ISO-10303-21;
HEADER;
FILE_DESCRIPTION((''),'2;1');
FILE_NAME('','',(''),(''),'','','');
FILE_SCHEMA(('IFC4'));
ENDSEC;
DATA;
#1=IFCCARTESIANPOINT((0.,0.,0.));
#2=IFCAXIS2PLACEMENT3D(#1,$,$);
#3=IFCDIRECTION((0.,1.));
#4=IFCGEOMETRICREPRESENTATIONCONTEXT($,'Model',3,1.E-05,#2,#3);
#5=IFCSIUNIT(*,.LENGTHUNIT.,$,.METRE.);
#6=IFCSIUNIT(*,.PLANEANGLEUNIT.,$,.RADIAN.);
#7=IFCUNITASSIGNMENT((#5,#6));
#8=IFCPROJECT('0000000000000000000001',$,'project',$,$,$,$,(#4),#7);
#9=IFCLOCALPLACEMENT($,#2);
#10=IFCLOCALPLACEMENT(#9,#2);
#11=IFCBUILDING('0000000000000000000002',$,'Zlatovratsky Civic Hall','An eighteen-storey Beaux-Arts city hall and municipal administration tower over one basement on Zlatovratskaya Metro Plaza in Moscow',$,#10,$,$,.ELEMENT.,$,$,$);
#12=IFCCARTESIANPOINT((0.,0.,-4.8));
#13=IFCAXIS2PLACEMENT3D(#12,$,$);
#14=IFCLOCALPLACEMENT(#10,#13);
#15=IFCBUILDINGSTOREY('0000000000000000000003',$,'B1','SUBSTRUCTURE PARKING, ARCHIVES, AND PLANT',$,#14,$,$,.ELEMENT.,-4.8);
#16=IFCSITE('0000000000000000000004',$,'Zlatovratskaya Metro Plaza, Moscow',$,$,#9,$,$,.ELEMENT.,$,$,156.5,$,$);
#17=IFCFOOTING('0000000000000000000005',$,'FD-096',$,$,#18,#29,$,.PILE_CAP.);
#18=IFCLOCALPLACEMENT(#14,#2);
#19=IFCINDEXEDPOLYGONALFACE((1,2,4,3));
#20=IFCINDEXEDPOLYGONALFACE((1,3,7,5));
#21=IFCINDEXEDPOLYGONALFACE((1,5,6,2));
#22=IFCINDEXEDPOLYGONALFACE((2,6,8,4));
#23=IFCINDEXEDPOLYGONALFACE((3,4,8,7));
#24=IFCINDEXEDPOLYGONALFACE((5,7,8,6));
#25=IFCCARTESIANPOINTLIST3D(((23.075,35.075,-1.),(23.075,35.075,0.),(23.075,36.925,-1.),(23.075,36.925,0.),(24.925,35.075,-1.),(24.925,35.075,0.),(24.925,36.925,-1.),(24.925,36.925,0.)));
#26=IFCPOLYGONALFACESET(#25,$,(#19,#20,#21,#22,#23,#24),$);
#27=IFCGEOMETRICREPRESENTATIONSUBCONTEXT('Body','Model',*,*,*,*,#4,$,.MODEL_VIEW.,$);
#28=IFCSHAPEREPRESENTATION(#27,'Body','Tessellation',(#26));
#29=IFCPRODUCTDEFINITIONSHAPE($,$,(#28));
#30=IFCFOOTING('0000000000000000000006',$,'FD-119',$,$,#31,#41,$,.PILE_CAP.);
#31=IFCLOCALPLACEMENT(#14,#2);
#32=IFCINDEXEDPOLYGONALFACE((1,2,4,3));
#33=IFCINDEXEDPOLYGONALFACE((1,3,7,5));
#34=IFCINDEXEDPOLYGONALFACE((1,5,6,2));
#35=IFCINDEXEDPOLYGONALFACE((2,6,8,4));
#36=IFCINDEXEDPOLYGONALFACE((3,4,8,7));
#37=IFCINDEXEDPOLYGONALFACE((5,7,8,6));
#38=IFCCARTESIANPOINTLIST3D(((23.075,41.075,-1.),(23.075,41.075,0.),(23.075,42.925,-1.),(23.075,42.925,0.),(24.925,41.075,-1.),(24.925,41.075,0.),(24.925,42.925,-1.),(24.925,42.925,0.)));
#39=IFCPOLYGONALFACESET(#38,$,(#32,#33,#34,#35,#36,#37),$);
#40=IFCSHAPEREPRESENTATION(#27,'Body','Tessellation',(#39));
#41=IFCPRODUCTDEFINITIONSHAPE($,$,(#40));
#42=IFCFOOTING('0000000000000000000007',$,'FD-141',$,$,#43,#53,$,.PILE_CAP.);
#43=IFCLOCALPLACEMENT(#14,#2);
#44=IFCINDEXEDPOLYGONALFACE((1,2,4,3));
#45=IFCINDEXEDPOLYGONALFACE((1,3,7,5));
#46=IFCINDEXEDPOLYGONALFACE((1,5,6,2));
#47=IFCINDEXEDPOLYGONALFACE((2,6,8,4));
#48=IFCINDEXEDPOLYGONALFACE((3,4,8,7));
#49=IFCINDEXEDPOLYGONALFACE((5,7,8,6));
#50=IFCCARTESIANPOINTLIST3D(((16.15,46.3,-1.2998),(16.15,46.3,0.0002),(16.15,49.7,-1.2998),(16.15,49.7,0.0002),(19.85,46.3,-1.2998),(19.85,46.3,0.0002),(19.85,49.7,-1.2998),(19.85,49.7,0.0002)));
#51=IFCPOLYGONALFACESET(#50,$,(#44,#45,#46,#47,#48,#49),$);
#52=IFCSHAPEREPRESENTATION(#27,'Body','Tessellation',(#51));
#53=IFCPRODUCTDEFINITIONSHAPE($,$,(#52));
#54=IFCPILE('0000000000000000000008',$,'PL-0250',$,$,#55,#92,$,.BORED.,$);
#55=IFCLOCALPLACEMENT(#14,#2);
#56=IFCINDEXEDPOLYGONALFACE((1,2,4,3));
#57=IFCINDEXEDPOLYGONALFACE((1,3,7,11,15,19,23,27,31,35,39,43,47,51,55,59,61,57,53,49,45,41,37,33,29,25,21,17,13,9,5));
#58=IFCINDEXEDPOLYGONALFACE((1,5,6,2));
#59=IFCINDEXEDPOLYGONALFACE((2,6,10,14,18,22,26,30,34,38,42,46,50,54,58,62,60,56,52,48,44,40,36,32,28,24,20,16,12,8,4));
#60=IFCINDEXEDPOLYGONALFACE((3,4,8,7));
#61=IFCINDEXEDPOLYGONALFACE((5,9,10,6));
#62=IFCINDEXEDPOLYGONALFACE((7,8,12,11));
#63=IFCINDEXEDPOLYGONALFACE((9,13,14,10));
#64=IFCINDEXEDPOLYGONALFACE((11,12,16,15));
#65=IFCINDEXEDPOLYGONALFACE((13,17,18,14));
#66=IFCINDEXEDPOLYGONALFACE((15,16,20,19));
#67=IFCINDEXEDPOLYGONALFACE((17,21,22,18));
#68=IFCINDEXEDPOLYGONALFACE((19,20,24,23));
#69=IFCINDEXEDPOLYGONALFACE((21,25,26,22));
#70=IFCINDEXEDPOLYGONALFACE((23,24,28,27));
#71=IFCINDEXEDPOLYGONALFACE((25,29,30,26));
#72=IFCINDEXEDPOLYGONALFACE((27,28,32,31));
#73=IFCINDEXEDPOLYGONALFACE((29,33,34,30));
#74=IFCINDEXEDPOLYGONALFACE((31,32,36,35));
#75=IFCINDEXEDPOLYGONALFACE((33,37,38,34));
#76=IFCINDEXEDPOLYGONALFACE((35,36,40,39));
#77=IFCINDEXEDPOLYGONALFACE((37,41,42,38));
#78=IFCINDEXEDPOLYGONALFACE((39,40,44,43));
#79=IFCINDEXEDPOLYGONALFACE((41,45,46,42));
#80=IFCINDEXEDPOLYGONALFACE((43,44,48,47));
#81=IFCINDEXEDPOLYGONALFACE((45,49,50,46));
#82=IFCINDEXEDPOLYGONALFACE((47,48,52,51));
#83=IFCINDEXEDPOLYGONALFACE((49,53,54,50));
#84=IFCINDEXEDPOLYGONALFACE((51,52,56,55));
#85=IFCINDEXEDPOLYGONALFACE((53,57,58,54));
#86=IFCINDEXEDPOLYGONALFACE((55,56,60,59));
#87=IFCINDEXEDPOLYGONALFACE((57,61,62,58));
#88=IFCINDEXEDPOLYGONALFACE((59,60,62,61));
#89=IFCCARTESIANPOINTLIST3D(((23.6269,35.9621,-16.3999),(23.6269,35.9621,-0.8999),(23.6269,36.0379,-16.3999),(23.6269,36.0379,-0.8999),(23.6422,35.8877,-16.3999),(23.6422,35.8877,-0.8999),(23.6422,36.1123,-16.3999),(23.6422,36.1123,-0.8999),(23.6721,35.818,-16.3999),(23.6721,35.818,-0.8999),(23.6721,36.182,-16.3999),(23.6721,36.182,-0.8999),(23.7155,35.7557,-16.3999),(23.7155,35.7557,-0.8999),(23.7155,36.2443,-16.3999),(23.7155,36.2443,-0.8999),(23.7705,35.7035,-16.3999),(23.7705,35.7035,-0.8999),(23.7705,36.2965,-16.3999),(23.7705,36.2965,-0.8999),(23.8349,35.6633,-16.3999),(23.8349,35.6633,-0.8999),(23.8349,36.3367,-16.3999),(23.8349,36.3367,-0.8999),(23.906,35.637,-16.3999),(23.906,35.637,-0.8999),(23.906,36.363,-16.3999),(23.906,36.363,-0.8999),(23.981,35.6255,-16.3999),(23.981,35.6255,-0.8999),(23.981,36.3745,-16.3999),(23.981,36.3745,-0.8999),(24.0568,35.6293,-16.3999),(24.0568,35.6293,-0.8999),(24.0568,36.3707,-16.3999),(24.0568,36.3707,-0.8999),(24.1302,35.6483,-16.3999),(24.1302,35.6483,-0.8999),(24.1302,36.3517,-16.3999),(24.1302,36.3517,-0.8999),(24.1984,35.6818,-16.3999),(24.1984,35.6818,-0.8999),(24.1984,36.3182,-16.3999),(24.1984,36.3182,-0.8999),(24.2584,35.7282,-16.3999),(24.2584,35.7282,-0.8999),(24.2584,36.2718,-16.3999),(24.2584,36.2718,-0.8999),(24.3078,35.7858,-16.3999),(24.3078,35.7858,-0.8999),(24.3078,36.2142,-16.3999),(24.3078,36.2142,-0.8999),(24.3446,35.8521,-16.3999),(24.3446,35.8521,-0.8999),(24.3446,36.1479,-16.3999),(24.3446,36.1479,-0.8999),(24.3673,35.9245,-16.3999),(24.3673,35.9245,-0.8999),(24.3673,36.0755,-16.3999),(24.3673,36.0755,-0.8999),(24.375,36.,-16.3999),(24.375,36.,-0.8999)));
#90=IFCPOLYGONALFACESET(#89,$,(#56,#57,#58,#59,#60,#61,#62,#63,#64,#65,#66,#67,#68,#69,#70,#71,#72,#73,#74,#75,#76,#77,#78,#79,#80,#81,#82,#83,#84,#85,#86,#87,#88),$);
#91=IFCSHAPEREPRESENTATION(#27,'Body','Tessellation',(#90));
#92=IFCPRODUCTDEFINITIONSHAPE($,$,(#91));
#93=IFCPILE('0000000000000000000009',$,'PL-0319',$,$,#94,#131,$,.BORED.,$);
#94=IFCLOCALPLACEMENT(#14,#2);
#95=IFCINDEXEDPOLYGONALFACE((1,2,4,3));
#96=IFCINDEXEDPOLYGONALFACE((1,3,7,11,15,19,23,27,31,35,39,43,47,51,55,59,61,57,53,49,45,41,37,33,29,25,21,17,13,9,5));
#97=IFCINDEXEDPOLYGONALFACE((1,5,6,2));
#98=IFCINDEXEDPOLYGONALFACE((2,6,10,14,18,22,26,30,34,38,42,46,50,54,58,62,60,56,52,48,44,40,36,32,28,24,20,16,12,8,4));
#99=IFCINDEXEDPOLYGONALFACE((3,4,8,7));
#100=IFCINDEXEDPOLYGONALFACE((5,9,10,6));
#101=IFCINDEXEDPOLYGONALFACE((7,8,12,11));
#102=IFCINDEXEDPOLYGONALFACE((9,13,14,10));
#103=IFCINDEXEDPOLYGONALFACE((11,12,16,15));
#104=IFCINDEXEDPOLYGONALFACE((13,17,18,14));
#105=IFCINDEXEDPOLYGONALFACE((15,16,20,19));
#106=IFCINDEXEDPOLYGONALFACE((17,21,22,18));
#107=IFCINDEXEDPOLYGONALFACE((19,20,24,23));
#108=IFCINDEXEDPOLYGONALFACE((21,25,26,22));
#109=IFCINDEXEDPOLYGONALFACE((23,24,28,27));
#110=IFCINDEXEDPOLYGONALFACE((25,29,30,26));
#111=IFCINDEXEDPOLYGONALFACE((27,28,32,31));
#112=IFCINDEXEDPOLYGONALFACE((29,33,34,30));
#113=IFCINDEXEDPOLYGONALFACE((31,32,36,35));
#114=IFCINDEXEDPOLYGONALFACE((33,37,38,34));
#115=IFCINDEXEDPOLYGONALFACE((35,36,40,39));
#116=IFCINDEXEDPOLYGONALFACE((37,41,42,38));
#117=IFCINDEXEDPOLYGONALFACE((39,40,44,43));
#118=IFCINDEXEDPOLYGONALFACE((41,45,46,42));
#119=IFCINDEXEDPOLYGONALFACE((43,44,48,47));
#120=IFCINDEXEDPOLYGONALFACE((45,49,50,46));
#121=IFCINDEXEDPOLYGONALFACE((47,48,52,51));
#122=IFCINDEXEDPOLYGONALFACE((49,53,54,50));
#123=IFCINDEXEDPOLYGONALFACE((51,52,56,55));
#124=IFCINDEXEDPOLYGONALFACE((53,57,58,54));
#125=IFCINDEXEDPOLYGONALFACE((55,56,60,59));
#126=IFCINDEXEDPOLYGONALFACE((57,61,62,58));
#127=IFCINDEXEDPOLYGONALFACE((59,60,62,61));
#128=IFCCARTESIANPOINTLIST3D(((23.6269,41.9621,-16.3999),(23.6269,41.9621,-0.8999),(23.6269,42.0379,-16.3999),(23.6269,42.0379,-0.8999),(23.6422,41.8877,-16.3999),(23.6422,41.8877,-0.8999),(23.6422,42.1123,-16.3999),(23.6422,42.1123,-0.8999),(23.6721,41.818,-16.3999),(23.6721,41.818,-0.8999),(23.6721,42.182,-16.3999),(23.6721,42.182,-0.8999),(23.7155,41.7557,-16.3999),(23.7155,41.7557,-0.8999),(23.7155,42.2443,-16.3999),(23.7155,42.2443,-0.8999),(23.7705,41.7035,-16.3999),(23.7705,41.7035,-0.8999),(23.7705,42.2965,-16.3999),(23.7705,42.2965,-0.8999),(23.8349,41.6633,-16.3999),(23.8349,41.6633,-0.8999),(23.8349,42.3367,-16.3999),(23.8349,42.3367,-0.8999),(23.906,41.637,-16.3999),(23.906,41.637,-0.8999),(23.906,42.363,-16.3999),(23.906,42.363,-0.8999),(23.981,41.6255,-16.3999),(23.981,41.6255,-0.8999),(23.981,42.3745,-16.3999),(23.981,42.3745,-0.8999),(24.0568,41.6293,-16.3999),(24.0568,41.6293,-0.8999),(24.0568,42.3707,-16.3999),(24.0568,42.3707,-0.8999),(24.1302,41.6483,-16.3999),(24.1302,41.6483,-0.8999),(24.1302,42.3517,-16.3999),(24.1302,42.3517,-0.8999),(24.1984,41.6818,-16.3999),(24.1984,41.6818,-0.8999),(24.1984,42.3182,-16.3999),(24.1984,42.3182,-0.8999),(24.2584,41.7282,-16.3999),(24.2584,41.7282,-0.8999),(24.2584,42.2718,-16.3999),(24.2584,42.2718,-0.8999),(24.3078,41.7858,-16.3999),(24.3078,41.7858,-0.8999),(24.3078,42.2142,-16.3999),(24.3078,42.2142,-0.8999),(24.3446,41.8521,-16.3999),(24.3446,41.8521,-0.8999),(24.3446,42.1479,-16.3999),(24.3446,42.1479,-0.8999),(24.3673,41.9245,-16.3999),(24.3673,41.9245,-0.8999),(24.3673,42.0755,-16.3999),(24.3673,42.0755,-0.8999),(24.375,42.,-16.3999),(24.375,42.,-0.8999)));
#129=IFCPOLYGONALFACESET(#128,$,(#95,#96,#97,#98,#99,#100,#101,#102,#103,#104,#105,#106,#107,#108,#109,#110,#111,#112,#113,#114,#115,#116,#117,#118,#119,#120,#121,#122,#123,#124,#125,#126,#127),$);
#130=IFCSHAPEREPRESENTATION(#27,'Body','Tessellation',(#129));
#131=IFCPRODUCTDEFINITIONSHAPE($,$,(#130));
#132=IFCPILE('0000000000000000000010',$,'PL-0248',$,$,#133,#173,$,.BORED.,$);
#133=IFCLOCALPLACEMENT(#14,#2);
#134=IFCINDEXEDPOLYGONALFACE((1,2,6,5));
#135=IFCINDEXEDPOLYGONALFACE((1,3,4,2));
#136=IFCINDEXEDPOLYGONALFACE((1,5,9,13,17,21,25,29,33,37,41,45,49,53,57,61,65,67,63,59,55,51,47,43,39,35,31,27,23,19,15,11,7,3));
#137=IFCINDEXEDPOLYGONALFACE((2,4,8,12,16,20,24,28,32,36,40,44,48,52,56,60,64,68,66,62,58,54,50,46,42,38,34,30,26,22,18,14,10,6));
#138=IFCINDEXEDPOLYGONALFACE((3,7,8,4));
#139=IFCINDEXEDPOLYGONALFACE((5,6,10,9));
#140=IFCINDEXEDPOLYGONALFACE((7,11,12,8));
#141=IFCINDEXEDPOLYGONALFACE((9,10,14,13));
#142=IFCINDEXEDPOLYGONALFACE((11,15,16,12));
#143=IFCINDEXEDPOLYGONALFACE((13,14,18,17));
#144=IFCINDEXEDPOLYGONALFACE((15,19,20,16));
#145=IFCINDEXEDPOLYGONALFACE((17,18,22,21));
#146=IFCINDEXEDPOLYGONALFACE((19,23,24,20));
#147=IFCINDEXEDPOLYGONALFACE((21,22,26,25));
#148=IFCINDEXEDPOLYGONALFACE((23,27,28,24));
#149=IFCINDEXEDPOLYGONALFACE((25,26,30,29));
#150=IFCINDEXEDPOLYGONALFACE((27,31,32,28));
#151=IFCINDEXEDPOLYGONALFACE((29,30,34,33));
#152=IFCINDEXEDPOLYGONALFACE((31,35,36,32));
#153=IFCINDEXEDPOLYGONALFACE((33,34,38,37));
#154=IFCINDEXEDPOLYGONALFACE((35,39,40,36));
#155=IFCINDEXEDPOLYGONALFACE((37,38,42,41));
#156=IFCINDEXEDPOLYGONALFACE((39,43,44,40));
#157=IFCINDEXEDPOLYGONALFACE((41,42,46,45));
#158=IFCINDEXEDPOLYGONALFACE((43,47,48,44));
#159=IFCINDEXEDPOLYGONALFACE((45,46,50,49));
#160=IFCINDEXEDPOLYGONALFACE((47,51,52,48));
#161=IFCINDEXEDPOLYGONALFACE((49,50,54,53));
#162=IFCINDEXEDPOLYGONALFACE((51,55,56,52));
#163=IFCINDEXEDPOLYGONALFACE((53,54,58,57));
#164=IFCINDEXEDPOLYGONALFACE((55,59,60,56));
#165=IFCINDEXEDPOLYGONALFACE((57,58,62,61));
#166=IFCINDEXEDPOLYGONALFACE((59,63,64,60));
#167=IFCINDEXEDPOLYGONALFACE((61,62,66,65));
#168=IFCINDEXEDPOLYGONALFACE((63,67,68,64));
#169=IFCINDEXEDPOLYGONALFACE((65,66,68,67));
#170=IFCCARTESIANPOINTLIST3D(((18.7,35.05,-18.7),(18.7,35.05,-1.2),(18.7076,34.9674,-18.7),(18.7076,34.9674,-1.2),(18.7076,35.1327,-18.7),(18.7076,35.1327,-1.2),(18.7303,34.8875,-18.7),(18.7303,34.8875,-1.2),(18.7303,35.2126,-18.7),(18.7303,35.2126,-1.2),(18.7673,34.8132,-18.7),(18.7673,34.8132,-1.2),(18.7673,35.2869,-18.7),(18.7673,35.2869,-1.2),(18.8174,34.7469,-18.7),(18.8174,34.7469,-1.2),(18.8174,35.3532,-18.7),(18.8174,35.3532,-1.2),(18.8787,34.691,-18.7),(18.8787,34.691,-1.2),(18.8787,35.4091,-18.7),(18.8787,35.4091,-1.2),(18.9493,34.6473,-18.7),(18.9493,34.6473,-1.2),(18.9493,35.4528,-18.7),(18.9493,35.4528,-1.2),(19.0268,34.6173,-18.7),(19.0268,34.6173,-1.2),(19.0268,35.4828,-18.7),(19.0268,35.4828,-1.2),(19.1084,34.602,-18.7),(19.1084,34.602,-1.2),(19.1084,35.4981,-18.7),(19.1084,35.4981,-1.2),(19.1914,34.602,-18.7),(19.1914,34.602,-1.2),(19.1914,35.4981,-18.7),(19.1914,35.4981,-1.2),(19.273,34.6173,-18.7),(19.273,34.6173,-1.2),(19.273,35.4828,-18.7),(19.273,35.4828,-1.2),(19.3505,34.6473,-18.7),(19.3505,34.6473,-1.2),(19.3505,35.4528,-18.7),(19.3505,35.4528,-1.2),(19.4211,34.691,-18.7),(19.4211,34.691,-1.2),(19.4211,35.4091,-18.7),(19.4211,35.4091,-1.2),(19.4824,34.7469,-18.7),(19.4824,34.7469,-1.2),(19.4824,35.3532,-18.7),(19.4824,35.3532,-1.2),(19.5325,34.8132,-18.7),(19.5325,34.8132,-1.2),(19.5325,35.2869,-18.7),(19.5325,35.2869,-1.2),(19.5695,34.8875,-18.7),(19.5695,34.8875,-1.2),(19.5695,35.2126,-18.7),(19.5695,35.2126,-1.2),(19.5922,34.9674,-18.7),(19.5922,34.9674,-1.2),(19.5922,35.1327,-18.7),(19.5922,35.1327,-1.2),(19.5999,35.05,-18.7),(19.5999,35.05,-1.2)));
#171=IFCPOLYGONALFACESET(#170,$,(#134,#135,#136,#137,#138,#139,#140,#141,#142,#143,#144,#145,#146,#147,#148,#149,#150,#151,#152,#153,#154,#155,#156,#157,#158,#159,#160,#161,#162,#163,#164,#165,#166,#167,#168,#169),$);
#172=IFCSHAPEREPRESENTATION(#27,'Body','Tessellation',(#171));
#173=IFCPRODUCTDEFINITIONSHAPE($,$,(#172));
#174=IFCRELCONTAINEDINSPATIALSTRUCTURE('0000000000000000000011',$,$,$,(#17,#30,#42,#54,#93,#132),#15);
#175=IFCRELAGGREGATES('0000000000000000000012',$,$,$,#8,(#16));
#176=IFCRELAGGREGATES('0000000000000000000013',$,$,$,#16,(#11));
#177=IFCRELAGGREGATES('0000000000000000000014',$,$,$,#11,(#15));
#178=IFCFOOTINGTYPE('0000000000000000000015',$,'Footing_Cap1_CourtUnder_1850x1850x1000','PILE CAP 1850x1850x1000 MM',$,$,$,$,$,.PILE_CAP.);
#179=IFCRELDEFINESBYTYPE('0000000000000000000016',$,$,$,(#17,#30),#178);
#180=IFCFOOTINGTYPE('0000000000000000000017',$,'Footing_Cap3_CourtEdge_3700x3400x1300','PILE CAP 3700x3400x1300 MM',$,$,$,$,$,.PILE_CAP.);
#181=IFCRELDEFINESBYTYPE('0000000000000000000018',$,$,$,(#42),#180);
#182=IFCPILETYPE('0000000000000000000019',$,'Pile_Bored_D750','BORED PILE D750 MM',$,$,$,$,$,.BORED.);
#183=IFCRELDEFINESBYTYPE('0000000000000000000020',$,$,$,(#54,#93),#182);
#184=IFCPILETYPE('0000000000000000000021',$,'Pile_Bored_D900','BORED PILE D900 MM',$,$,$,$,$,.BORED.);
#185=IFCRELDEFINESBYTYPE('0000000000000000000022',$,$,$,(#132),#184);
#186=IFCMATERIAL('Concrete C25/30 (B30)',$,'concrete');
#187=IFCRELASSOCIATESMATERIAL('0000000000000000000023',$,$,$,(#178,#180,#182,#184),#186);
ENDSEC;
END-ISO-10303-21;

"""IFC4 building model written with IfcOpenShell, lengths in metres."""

from ifc_helpers import new_model, si_unit, direction, frame, origin, origin_2d, place, context, subcontext, project, spatial, rectangle, circle, extrude, material, material_profile, profile_set, type_object, element, save


model = new_model("IFC4")

# Units and contexts
model_context = context("Model", 3, precision=1e-05, world=origin(), true_north=direction((0.0, 1.0)))
body_context = subcontext(model_context, "Body", "Model", "MODEL_VIEW")
ifc_project = project(units=[si_unit("LENGTHUNIT", "METRE"), si_unit("PLANEANGLEUNIT", "RADIAN")], contexts=[model_context])

# Site, building, storey
site_placement = place(None, origin())
site = spatial("IfcSite", under=ifc_project, at=site_placement, Name="Zlatovratskaya Metro Plaza, Moscow", CompositionType="ELEMENT", RefElevation=156.5)
building_placement = place(site_placement, origin())
building = spatial("IfcBuilding", under=site, at=building_placement, Name="Zlatovratsky Civic Hall", Description="An eighteen-storey Beaux-Arts city hall and municipal administration tower over one basement on Zlatovratskaya Metro Plaza in Moscow", CompositionType="ELEMENT")
storey_placement = place(building_placement, frame((0.0, 0.0, -4.8)))
storey = spatial("IfcBuildingStorey", under=building, at=storey_placement, Name="B1", Description="SUBSTRUCTURE PARKING, ARCHIVES, AND PLANT", CompositionType="ELEMENT", Elevation=-4.8)

# Footings
ifc_material_1 = material(Name="Concrete C25/30 (B30)", Category="concrete")
footing_type_1 = type_object("IfcFootingType", Name="Footing_Cap1_CourtUnder_1850x1850x1000", Description="PILE CAP 1850x1850x1000 MM", PredefinedType="PILE_CAP", material=ifc_material_1)
for number, where, z_axis, x_axis, name in (
    (1, (24.0, 36.0, -1.0), (0.0, 0.0, 1.0), (1.0, 0.0, 0.0), "FD-096"),
    (2, (24.0, 42.0, -1.0), (0.0, 0.0, 1.0), (1.0, 0.0, 0.0), "FD-119"),
):
    element("IfcFooting", number, at=place(storey_placement, frame(where, z_axis=z_axis, x_axis=x_axis)), inside=storey, type_object=footing_type_1, Name=name, PredefinedType="PILE_CAP", context=body_context, shape_type="SweptSolid", body=[
        extrude(rectangle(XDim=1.8501, YDim=1.8501, at=origin_2d()), origin(), (0.0, 0.0, 1.0), 1.0),
    ])
footing_type_2 = type_object("IfcFootingType", Name="Footing_Cap3_CourtEdge_3700x3400x1300", Description="PILE CAP 3700x3400x1300 MM", PredefinedType="PILE_CAP", material=ifc_material_1)
footing_placement = place(storey_placement, frame((18.0, 48.0, -1.2998), z_axis=(0.0, 0.0, 1.0), x_axis=(1.0, 0.0, 0.0)))
element("IfcFooting", 3, at=footing_placement, inside=storey, type_object=footing_type_2, Name="FD-141", PredefinedType="PILE_CAP", context=body_context, shape_type="SweptSolid", body=[
    extrude(rectangle(XDim=3.7, YDim=3.3999, at=origin_2d()), origin(), (0.0, 0.0, 1.0), 1.3),
])

# Piles
ifc_material_profile_1 = material_profile(ifc_material_1, circle(Radius=0.375, at=origin_2d()), Name="PILE D750")
ifc_profile_set_1 = profile_set([ifc_material_profile_1], Name="Concrete C25/30 (B30)")
pile_type_1 = type_object("IfcPileType", Name="Pile_Bored_D750", Description="BORED PILE D750 MM", PredefinedType="BORED", material=ifc_profile_set_1)
for number, where, z_axis, x_axis, name in (
    (4, (24.0, 36.0, -0.8999), (0.0, 0.0, -1.0), (1.0, 0.0, 0.0), "PL-0250"),
    (5, (24.0, 42.0, -0.8999), (0.0, 0.0, -1.0), (1.0, 0.0, 0.0), "PL-0319"),
):
    element("IfcPile", number, at=place(storey_placement, frame(where, z_axis=z_axis, x_axis=x_axis)), inside=storey, type_object=pile_type_1, Name=name, PredefinedType="BORED", context=body_context, shape_type="SweptSolid", body=[
        extrude(circle(Radius=0.375, at=origin_2d()), origin(), (0.0, 0.0, 1.0), 15.5),
    ])
ifc_material_profile_2 = material_profile(ifc_material_1, circle(Radius=0.45, at=origin_2d()), Name="PILE D900")
ifc_profile_set_2 = profile_set([ifc_material_profile_2], Name="Concrete C25/30 (B30)")
pile_type_2 = type_object("IfcPileType", Name="Pile_Bored_D900", Description="BORED PILE D900 MM", PredefinedType="BORED", material=ifc_profile_set_2)
for number, where, z_axis, x_axis, name in (
    (6, (19.1499, 35.05, -1.2), (0.0, 0.0, -1.0), (1.0, 0.0, 0.0), "PL-0248"),
):
    element("IfcPile", number, at=place(storey_placement, frame(where, z_axis=z_axis, x_axis=x_axis)), inside=storey, type_object=pile_type_2, Name=name, PredefinedType="BORED", context=body_context, shape_type="SweptSolid", body=[
        extrude(circle(Radius=0.45, at=origin_2d()), origin(), (0.0, 0.0, 1.0), 17.5),
    ])

save(model, "model.ifc")
